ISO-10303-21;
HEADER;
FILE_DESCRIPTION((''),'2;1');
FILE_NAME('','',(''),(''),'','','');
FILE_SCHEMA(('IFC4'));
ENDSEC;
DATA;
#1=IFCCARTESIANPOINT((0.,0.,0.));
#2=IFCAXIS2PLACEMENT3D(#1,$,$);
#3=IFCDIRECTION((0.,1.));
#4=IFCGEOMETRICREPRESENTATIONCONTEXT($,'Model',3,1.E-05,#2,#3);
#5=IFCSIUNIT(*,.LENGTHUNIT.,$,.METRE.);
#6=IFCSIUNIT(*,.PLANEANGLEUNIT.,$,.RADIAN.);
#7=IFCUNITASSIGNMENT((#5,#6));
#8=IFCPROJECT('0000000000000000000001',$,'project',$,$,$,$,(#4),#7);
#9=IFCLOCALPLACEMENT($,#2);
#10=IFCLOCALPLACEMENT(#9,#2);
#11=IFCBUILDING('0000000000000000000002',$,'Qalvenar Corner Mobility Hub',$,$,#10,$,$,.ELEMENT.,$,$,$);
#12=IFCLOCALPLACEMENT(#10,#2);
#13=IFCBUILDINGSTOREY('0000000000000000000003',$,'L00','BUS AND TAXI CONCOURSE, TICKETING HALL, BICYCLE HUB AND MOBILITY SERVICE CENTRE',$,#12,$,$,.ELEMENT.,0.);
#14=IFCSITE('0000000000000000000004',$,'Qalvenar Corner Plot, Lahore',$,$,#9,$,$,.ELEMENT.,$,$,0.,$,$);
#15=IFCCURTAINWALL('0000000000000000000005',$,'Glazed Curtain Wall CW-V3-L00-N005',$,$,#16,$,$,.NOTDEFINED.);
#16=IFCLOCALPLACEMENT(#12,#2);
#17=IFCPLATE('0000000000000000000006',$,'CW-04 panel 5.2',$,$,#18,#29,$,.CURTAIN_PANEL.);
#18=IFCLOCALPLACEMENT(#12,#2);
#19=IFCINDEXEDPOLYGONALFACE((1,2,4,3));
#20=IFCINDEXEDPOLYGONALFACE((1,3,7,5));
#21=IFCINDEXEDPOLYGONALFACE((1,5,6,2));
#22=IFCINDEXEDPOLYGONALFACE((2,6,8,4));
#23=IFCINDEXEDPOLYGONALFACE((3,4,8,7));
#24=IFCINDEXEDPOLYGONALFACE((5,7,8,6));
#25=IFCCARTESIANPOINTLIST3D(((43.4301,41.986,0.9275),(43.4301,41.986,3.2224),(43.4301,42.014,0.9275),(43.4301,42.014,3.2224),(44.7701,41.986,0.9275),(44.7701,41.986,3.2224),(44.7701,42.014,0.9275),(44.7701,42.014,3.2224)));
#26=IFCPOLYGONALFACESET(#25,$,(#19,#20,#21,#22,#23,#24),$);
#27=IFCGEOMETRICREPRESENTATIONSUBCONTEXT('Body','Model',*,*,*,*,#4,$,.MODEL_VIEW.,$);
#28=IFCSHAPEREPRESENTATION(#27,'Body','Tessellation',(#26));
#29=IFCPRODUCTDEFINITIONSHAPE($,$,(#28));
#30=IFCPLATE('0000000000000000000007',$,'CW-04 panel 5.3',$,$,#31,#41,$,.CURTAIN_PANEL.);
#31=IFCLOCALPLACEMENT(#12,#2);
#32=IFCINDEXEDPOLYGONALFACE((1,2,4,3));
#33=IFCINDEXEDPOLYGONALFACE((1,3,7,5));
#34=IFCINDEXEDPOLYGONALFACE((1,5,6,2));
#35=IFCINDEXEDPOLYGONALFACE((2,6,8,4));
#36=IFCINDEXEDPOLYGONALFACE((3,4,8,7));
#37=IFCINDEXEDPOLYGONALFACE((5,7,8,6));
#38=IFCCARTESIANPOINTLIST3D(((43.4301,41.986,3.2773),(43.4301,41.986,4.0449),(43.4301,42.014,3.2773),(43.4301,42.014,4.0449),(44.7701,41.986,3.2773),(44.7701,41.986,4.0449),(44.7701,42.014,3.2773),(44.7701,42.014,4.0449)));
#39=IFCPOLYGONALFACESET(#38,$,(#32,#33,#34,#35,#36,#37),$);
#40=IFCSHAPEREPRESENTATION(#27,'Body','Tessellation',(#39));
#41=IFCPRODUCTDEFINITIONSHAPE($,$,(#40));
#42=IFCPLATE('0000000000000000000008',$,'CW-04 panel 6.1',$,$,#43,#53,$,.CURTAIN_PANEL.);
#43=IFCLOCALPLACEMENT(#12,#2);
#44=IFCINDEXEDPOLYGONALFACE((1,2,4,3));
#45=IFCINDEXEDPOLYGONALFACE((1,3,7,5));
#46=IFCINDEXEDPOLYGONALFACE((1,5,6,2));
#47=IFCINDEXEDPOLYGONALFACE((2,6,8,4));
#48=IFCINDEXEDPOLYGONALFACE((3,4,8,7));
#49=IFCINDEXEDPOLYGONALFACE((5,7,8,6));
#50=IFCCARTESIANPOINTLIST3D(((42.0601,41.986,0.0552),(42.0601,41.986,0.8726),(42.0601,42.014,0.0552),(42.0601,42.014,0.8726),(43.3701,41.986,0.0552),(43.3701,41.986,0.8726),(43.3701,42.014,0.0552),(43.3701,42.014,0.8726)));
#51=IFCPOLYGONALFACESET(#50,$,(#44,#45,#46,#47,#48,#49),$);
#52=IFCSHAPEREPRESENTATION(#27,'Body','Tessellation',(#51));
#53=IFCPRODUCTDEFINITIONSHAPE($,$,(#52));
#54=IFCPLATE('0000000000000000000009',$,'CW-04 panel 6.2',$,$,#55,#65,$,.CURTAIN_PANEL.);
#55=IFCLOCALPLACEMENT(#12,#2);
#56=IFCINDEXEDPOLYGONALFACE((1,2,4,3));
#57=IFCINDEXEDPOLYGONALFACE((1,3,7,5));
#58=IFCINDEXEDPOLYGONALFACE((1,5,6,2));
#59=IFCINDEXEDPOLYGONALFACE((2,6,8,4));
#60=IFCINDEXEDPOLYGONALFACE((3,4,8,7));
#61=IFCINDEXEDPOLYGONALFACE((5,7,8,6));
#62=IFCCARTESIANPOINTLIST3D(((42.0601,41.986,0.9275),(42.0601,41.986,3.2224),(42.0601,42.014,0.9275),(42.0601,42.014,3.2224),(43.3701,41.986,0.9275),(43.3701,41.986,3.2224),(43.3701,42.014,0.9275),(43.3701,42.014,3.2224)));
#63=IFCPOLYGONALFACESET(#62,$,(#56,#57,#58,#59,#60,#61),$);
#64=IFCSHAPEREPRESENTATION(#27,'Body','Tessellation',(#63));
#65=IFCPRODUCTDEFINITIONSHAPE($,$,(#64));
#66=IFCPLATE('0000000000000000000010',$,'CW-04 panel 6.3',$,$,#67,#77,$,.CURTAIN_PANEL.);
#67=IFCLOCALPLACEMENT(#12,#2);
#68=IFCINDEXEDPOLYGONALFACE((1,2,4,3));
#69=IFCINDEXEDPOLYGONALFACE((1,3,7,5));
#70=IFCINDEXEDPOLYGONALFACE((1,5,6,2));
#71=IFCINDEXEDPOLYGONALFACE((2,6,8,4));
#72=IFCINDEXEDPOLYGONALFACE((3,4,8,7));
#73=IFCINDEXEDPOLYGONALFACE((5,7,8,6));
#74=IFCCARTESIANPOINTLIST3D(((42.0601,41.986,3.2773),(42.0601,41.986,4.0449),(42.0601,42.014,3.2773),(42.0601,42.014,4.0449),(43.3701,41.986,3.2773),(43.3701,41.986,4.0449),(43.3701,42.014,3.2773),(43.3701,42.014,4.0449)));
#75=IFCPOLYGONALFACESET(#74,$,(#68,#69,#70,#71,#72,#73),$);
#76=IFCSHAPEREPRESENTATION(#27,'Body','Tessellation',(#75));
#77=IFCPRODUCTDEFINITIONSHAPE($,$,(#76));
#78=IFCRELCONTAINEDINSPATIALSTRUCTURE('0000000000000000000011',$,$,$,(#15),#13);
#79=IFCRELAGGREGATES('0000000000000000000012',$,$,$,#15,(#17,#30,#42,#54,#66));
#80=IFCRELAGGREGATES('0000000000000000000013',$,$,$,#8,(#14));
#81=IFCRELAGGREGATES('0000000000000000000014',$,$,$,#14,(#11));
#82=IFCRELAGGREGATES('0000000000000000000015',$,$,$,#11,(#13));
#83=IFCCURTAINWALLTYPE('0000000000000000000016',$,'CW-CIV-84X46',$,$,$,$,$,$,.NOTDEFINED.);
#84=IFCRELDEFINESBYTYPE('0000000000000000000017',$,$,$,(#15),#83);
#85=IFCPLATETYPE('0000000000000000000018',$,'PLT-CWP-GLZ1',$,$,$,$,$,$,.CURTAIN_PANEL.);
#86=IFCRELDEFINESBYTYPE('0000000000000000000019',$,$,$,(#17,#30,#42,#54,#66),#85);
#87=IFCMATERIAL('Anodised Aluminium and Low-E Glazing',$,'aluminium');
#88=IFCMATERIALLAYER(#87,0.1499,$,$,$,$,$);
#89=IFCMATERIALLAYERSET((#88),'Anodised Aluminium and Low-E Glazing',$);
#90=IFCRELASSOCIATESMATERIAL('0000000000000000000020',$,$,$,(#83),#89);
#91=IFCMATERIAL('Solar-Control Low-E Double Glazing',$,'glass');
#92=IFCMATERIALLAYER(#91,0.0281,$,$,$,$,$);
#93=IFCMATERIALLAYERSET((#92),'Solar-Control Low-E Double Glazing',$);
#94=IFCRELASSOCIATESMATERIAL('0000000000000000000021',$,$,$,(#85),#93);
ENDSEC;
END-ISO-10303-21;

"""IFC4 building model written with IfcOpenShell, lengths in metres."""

from ifc_helpers import new_model, si_unit, direction, frame, origin, origin_2d, place, context, subcontext, project, spatial, rectangle, extrude, material, layer, layer_set, type_object, element, aggregate, save


model = new_model("IFC4")

# Units and contexts
model_context = context("Model", 3, precision=1e-05, world=origin(), true_north=direction((0.0, 1.0)))
body_context = subcontext(model_context, "Body", "Model", "MODEL_VIEW")
ifc_project = project(units=[si_unit("LENGTHUNIT", "METRE"), si_unit("PLANEANGLEUNIT", "RADIAN")], contexts=[model_context])

# Site, building, storey
site_placement = place(None, origin())
site = spatial("IfcSite", under=ifc_project, at=site_placement, Name="Qalvenar Corner Plot, Lahore", CompositionType="ELEMENT", RefElevation=0.0)
building_placement = place(site_placement, origin())
building = spatial("IfcBuilding", under=site, at=building_placement, Name="Qalvenar Corner Mobility Hub", CompositionType="ELEMENT")
storey_placement = place(building_placement, origin())
storey = spatial("IfcBuildingStorey", under=building, at=storey_placement, Name="L00", Description="BUS AND TAXI CONCOURSE, TICKETING HALL, BICYCLE HUB AND MOBILITY SERVICE CENTRE", CompositionType="ELEMENT", Elevation=0.0)

# Curtain wall
ifc_material_1 = material(Name="Anodised Aluminium and Low-E Glazing", Category="aluminium")
ifc_layer_1 = layer(ifc_material_1, 0.1499)
ifc_layer_set_1 = layer_set([ifc_layer_1], Name="Anodised Aluminium and Low-E Glazing")
curtain_wall_type = type_object("IfcCurtainWallType", Name="CW-CIV-84X46", PredefinedType="NOTDEFINED", material=ifc_layer_set_1)
curtain_wall_1_placement = place(storey_placement, origin())
curtain_wall_1 = element("IfcCurtainWall", 1, at=curtain_wall_1_placement, inside=storey, type_object=curtain_wall_type, Name="Glazed Curtain Wall CW-V3-L00-N005", PredefinedType="NOTDEFINED")

# Plates
ifc_material_2 = material(Name="Solar-Control Low-E Double Glazing", Category="glass")
ifc_layer_2 = layer(ifc_material_2, 0.0281)
ifc_layer_set_2 = layer_set([ifc_layer_2], Name="Solar-Control Low-E Double Glazing")
plate_type = type_object("IfcPlateType", Name="PLT-CWP-GLZ1", PredefinedType="CURTAIN_PANEL", material=ifc_layer_set_2)
plate_1_placement = place(storey_placement, frame((44.1001, 42.0, 0.9275), z_axis=(0.0, 0.0, 1.0), x_axis=(-1.0, 0.0, 0.0)))
plate_1 = element("IfcPlate", 2, at=plate_1_placement, type_object=plate_type, Name="CW-04 panel 5.2", PredefinedType="CURTAIN_PANEL", context=body_context, shape_type="SweptSolid", body=[
    extrude(rectangle(XDim=1.3401, YDim=0.0281, at=origin_2d()), origin(), (0.0, 0.0, 1.0), 2.2949),
])
plate_2_placement = place(storey_placement, frame((44.1001, 42.0, 3.2773), z_axis=(0.0, 0.0, 1.0), x_axis=(-1.0, 0.0, 0.0)))
plate_2 = element("IfcPlate", 3, at=plate_2_placement, type_object=plate_type, Name="CW-04 panel 5.3", PredefinedType="CURTAIN_PANEL", context=body_context, shape_type="SweptSolid", body=[
    extrude(rectangle(XDim=1.3401, YDim=0.0281, at=origin_2d()), origin(), (0.0, 0.0, 1.0), 0.7676),
])
plate_3_placement = place(storey_placement, frame((42.7151, 42.0, 0.0552), z_axis=(0.0, 0.0, 1.0), x_axis=(-1.0, 0.0, 0.0)))
plate_3 = element("IfcPlate", 4, at=plate_3_placement, type_object=plate_type, Name="CW-04 panel 6.1", PredefinedType="CURTAIN_PANEL", context=body_context, shape_type="SweptSolid", body=[
    extrude(rectangle(XDim=1.3101, YDim=0.0281, at=origin_2d()), origin(), (0.0, 0.0, 1.0), 0.8174),
])
plate_4_placement = place(storey_placement, frame((42.7151, 42.0, 0.9275), z_axis=(0.0, 0.0, 1.0), x_axis=(-1.0, 0.0, 0.0)))
plate_4 = element("IfcPlate", 5, at=plate_4_placement, type_object=plate_type, Name="CW-04 panel 6.2", PredefinedType="CURTAIN_PANEL", context=body_context, shape_type="SweptSolid", body=[
    extrude(rectangle(XDim=1.3101, YDim=0.0281, at=origin_2d()), origin(), (0.0, 0.0, 1.0), 2.2949),
])
plate_5_placement = place(storey_placement, frame((42.7151, 42.0, 3.2773), z_axis=(0.0, 0.0, 1.0), x_axis=(-1.0, 0.0, 0.0)))
plate_5 = element("IfcPlate", 6, at=plate_5_placement, type_object=plate_type, Name="CW-04 panel 6.3", PredefinedType="CURTAIN_PANEL", context=body_context, shape_type="SweptSolid", body=[
    extrude(rectangle(XDim=1.3101, YDim=0.0281, at=origin_2d()), origin(), (0.0, 0.0, 1.0), 0.7676),
])
aggregate(curtain_wall_1, [plate_1, plate_2, plate_3, plate_4, plate_5])

save(model, "model.ifc")
